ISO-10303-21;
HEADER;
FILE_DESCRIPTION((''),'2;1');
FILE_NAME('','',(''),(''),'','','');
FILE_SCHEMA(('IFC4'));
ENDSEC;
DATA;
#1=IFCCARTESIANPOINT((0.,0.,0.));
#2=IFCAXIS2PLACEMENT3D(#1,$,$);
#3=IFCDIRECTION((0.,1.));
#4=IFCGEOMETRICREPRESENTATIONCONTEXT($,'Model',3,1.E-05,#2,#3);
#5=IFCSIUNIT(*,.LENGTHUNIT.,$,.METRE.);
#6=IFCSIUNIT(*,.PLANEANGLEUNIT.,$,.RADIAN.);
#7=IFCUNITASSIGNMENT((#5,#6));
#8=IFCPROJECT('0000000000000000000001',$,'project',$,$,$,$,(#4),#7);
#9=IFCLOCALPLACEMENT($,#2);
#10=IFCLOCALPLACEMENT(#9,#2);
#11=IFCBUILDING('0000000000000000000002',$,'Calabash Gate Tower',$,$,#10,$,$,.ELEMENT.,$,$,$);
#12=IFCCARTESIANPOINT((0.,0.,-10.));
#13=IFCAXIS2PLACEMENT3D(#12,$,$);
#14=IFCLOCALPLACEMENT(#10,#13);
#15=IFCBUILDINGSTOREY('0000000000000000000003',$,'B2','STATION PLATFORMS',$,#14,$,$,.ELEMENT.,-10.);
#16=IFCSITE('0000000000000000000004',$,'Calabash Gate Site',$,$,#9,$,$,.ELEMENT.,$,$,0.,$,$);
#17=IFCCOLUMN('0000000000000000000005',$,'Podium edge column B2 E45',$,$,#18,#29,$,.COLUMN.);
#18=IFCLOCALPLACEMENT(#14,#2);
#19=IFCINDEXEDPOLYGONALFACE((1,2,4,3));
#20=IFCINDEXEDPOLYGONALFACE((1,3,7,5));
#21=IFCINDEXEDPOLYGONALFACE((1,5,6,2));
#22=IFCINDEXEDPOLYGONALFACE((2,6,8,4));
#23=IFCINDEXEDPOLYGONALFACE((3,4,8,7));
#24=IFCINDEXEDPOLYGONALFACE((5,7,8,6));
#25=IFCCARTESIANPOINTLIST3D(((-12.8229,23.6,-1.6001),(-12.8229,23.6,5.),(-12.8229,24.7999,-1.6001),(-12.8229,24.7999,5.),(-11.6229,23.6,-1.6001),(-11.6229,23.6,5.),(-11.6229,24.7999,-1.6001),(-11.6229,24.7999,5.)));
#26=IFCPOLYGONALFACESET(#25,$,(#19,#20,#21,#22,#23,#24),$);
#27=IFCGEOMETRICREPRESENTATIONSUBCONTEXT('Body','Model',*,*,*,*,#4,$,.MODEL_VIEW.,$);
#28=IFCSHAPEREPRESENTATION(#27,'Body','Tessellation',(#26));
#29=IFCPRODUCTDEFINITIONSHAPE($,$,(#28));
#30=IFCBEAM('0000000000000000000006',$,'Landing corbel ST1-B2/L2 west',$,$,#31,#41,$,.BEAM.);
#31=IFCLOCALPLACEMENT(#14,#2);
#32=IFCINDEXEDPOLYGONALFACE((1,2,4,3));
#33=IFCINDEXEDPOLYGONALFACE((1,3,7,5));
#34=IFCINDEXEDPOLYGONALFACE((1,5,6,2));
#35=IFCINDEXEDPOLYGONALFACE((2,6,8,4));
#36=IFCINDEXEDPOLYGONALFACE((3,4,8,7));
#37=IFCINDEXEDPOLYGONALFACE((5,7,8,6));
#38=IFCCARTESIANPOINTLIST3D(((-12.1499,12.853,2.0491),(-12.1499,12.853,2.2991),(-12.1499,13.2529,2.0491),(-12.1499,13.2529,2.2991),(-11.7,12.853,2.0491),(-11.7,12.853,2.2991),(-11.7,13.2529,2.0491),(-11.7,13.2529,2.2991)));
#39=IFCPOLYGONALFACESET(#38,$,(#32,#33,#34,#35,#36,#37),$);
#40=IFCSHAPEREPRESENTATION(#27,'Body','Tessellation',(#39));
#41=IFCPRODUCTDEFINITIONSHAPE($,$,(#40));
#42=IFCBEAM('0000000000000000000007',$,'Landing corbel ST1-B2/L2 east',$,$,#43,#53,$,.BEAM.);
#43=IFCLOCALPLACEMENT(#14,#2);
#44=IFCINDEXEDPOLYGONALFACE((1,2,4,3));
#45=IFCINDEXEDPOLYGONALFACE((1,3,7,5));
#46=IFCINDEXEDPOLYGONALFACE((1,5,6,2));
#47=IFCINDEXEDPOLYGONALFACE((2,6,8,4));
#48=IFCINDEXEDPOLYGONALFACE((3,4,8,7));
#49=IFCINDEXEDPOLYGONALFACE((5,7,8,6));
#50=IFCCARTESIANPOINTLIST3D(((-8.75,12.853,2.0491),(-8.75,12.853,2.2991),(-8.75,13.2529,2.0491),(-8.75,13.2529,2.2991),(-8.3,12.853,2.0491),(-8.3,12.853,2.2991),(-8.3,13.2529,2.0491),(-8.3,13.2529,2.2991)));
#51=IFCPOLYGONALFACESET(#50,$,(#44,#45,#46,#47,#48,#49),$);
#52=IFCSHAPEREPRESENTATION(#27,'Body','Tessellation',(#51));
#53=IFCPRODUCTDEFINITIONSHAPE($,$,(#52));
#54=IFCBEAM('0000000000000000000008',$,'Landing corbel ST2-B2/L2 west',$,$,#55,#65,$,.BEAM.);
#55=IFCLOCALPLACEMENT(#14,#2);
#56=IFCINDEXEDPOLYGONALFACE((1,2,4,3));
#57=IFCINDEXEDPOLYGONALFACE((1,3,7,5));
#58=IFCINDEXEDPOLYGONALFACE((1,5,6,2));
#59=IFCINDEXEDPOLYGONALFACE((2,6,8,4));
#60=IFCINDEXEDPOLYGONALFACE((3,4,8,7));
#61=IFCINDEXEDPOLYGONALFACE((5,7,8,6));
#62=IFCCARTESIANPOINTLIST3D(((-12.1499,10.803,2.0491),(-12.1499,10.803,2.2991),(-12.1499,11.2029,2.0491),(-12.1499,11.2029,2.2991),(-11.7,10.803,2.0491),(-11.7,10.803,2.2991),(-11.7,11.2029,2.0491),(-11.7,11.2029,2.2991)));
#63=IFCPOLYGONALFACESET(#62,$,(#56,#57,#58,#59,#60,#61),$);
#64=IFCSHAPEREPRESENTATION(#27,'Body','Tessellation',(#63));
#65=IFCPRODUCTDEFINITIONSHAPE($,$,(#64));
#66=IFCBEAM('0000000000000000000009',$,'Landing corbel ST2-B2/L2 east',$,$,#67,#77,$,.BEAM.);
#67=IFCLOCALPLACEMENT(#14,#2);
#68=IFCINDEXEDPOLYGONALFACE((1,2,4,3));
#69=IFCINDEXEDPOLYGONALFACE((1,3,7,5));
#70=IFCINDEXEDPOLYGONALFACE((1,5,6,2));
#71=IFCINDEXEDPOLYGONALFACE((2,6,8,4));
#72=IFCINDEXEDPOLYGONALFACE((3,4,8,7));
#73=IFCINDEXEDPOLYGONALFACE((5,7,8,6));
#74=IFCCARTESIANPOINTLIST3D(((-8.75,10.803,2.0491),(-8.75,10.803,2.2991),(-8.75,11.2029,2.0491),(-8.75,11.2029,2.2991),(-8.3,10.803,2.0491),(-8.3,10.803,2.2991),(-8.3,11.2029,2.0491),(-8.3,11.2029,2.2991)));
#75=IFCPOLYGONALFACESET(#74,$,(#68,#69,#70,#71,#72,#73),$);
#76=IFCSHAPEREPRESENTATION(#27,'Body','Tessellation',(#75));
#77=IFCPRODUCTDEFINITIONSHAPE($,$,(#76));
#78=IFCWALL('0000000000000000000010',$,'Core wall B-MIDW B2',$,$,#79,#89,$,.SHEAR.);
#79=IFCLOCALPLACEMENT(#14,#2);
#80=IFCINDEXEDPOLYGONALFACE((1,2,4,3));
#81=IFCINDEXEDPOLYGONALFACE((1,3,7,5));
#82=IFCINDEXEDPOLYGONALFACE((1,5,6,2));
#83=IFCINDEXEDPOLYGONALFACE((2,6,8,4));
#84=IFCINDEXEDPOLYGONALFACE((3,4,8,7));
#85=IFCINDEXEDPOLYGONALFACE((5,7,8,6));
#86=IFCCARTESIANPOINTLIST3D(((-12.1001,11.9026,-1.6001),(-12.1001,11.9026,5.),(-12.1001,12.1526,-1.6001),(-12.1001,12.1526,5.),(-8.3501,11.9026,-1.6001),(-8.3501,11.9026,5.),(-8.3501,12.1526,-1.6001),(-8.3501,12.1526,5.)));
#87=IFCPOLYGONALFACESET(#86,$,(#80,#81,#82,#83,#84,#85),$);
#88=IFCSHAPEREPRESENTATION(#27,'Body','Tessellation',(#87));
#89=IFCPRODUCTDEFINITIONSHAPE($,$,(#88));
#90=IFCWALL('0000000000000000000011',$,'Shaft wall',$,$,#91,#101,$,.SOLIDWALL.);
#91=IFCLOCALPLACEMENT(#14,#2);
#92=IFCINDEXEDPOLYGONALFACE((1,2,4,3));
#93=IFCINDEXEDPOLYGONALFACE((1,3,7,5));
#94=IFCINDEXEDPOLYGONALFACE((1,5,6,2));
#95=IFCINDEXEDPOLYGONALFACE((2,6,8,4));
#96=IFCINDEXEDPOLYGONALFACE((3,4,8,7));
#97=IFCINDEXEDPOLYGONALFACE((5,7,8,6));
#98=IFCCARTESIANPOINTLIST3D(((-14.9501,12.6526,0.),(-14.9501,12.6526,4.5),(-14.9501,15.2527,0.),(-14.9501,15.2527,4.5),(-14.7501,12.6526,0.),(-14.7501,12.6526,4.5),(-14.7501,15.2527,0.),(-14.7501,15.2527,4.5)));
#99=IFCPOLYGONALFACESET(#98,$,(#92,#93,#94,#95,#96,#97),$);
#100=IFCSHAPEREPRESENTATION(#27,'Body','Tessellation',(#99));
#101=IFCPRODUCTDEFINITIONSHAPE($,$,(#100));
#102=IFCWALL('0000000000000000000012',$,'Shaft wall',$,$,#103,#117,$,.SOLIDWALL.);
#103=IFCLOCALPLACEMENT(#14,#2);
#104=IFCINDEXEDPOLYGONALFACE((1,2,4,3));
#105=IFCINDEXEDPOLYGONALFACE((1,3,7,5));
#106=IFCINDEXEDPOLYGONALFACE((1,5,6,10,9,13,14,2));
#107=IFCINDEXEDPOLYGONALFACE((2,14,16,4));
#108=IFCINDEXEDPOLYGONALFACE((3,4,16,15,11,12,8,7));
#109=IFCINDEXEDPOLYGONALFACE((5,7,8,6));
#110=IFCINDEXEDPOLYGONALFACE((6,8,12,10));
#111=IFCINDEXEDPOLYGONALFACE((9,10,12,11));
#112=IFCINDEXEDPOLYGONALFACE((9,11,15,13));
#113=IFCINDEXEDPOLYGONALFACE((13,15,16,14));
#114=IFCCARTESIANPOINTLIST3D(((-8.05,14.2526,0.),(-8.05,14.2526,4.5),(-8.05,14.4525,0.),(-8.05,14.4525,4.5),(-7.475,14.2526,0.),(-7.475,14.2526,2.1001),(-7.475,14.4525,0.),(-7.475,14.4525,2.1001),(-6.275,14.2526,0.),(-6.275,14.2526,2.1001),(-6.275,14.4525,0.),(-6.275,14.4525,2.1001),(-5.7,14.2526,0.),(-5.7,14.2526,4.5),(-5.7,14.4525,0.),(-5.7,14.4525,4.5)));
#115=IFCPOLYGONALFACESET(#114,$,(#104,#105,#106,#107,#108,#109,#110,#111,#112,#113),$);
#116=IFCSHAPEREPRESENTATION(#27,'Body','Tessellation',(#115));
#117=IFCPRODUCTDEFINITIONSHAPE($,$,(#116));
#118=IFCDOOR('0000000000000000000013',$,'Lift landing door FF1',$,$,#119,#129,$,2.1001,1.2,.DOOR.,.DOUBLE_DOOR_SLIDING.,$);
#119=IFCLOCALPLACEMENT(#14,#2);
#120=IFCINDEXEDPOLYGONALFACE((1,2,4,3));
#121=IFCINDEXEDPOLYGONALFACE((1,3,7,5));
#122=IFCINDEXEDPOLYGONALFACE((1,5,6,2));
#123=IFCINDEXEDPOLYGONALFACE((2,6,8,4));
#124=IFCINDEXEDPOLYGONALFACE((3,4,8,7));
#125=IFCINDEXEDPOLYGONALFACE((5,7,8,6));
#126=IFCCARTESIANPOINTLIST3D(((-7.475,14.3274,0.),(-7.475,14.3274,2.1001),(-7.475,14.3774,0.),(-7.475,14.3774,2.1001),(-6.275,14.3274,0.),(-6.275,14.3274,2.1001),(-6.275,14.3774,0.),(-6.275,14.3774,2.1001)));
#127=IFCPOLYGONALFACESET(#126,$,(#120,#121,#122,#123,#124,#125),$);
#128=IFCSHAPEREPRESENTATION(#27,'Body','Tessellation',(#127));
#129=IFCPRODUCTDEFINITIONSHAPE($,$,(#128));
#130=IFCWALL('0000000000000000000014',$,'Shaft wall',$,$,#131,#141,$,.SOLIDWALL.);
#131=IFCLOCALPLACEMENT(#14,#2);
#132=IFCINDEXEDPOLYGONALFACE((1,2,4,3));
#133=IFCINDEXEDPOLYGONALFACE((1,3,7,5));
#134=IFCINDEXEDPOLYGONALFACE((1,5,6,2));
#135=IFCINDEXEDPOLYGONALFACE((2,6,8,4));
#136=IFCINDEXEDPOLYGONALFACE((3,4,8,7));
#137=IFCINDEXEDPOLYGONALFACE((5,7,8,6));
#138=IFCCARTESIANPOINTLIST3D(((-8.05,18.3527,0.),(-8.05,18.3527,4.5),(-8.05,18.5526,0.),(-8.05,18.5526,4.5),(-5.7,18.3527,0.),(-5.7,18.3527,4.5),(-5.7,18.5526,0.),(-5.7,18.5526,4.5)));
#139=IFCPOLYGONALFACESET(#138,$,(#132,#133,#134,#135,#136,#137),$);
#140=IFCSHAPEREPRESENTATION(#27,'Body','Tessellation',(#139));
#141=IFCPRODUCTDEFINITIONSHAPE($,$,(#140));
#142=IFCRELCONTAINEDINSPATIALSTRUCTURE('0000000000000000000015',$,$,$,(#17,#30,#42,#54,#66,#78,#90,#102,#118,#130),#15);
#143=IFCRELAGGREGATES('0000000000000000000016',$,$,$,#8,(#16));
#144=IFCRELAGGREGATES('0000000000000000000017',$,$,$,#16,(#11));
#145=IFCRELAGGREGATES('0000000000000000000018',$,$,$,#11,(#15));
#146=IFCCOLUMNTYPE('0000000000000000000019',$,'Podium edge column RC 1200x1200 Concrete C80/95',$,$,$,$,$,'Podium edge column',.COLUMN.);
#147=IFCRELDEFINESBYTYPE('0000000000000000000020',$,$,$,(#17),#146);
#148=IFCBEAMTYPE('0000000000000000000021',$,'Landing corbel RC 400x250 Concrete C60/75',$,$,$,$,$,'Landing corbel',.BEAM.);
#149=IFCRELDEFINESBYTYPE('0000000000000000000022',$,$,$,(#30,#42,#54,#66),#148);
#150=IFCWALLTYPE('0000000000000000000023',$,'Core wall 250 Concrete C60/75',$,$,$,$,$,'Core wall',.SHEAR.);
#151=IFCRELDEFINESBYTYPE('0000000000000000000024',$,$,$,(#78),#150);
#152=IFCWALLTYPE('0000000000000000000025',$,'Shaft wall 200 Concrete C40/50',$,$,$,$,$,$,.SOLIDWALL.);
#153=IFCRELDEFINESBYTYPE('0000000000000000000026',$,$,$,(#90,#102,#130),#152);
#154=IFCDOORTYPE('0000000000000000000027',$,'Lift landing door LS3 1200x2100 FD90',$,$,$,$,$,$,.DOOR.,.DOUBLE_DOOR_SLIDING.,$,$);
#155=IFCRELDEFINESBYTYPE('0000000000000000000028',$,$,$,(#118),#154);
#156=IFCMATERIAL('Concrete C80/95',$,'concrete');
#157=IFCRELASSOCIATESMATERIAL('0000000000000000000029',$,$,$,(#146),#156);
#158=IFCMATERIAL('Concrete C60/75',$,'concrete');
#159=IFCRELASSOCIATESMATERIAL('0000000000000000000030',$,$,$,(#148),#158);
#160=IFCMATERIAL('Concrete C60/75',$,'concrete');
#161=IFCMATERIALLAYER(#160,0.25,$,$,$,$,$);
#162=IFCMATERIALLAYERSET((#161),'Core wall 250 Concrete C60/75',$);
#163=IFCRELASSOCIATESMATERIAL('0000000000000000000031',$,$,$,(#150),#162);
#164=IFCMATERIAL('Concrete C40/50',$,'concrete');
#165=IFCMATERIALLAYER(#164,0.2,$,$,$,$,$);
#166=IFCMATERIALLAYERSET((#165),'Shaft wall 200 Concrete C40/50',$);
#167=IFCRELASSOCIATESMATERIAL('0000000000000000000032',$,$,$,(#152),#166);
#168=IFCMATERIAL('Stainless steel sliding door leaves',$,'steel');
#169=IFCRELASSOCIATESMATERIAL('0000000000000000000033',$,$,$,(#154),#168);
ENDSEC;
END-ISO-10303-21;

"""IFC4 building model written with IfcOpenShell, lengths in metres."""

from ifc_helpers import new_model, si_unit, direction, frame, frame_2d, origin, origin_2d, place, context, subcontext, project, spatial, rectangle, extrude, material, layer, layer_set, material_profile, profile_set, type_object, element, fill, save


model = new_model("IFC4")

# Units and contexts
model_context = context("Model", 3, precision=1e-05, world=origin(), true_north=direction((0.0, 1.0)))
body_context = subcontext(model_context, "Body", "Model", "MODEL_VIEW")
ifc_project = project(units=[si_unit("LENGTHUNIT", "METRE"), si_unit("PLANEANGLEUNIT", "RADIAN")], contexts=[model_context])

# Site, building, storey
site_placement = place(None, origin())
site = spatial("IfcSite", under=ifc_project, at=site_placement, Name="Calabash Gate Site", CompositionType="ELEMENT", RefElevation=0.0)
building_placement = place(site_placement, origin())
building = spatial("IfcBuilding", under=site, at=building_placement, Name="Calabash Gate Tower", CompositionType="ELEMENT")
storey_placement = place(building_placement, frame((0.0, 0.0, -10.0)))
storey = spatial("IfcBuildingStorey", under=building, at=storey_placement, Name="B2", Description="STATION PLATFORMS", CompositionType="ELEMENT", Elevation=-10.0)

# Column
ifc_material_1 = material(Name="Concrete C80/95", Category="concrete")
ifc_material_profile_1 = material_profile(ifc_material_1, rectangle(XDim=1.2, YDim=1.2, at=origin_2d()))
ifc_profile_set_1 = profile_set([ifc_material_profile_1], Name="Concrete C80/95")
column_type = type_object("IfcColumnType", Name="Podium edge column RC 1200x1200 Concrete C80/95", ElementType="Podium edge column", PredefinedType="COLUMN", material=ifc_profile_set_1)
for number, where, z_axis, x_axis, name in (
    (1, (-12.2229, 24.2, -1.6001), (0.0, 0.0, 1.0), (1.0, 0.0, 0.0), "Podium edge column B2 E45"),
):
    element("IfcColumn", number, at=place(storey_placement, frame(where, z_axis=z_axis, x_axis=x_axis)), inside=storey, type_object=column_type, Name=name, PredefinedType="COLUMN", context=body_context, shape_type="SweptSolid", body=[
        extrude(rectangle(XDim=1.2, YDim=1.2, at=origin_2d()), origin(), (0.0, 0.0, 1.0), 6.6001),
    ])

# Beams
ifc_material_2 = material(Name="Concrete C60/75", Category="concrete")
ifc_material_profile_2 = material_profile(ifc_material_2, rectangle(XDim=0.3999, YDim=0.25, at=origin_2d()))
ifc_profile_set_2 = profile_set([ifc_material_profile_2], Name="Concrete C60/75")
beam_type = type_object("IfcBeamType", Name="Landing corbel RC 400x250 Concrete C60/75", ElementType="Landing corbel", PredefinedType="BEAM", material=ifc_profile_set_2)
for number, where, z_axis, x_axis, name in (
    (2, (-12.1499, 13.053, 2.1741), (1.0, 0.0, 0.0), (0.0, 1.0, 0.0), "Landing corbel ST1-B2/L2 west"),
    (3, (-8.3, 13.053, 2.1741), (-1.0, 0.0, 0.0), (0.0, -1.0, 0.0), "Landing corbel ST1-B2/L2 east"),
    (4, (-12.1499, 11.0029, 2.1741), (1.0, 0.0, 0.0), (0.0, 1.0, 0.0), "Landing corbel ST2-B2/L2 west"),
    (5, (-8.3, 11.0029, 2.1741), (-1.0, 0.0, 0.0), (0.0, -1.0, 0.0), "Landing corbel ST2-B2/L2 east"),
):
    element("IfcBeam", number, at=place(storey_placement, frame(where, z_axis=z_axis, x_axis=x_axis)), inside=storey, type_object=beam_type, Name=name, PredefinedType="BEAM", context=body_context, shape_type="SweptSolid", body=[
        extrude(rectangle(XDim=0.3999, YDim=0.25, at=origin_2d()), origin(), (0.0, 0.0, 1.0), 0.45),
    ])

# Walls
ifc_material_3 = material(Name="Concrete C60/75", Category="concrete")
ifc_layer_1 = layer(ifc_material_3, 0.25)
ifc_layer_set_1 = layer_set([ifc_layer_1], Name="Core wall 250 Concrete C60/75")
wall_type_1 = type_object("IfcWallType", Name="Core wall 250 Concrete C60/75", ElementType="Core wall", PredefinedType="SHEAR", material=ifc_layer_set_1)
wall_1_placement = place(storey_placement, frame((-12.1001, 12.0276, -1.6001), z_axis=(0.0, 0.0, 1.0), x_axis=(1.0, 0.0, 0.0)))
element("IfcWall", 6, at=wall_1_placement, inside=storey, type_object=wall_type_1, Name="Core wall B-MIDW B2", PredefinedType="SHEAR", context=body_context, shape_type="SweptSolid", body=[
    extrude(rectangle(XDim=3.75, YDim=0.25, at=frame_2d((1.875, 0.0))), origin(), (0.0, 0.0, 1.0), 6.6001),
])
ifc_material_4 = material(Name="Concrete C40/50", Category="concrete")
ifc_layer_2 = layer(ifc_material_4, 0.2)
ifc_layer_set_2 = layer_set([ifc_layer_2], Name="Shaft wall 200 Concrete C40/50")
wall_type_2 = type_object("IfcWallType", Name="Shaft wall 200 Concrete C40/50", PredefinedType="SOLIDWALL", material=ifc_layer_set_2)
wall_2_placement = place(storey_placement, frame((-14.8501, 12.6526, 0.0), z_axis=(0.0, 0.0, 1.0), x_axis=(0.0, 1.0, 0.0)))
element("IfcWall", 7, at=wall_2_placement, inside=storey, type_object=wall_type_2, Name="Shaft wall", PredefinedType="SOLIDWALL", context=body_context, shape_type="SweptSolid", body=[
    extrude(rectangle(XDim=2.6001, YDim=0.2, at=frame_2d((1.3, 0.0))), origin(), (0.0, 0.0, 1.0), 4.5),
])

# Wall, opening, door
wall_3_placement = place(storey_placement, frame((-8.05, 14.3525, 0.0), z_axis=(0.0, 0.0, 1.0), x_axis=(1.0, 0.0, 0.0)))
wall_3 = element("IfcWall", 8, at=wall_3_placement, inside=storey, type_object=wall_type_2, Name="Shaft wall", PredefinedType="SOLIDWALL", context=body_context, shape_type="SweptSolid", body=[
    extrude(rectangle(XDim=2.3501, YDim=0.2, at=frame_2d((1.175, 0.0))), origin(), (0.0, 0.0, 1.0), 4.5),
])
opening_placement = place(wall_3_placement, frame((0.575, 0.0, 0.0)))
opening = element("IfcOpeningElement", 9, at=opening_placement, cuts=wall_3, PredefinedType="OPENING", context=body_context, shape_type="SweptSolid", body=[
    extrude(rectangle(XDim=1.2, YDim=2.1001, at=frame_2d((0.6001, 1.05))), frame((0.0, 0.1099, 0.0), z_axis=(0.0, -1.0, 0.0), x_axis=(1.0, 0.0, 0.0)), (0.0, 0.0, 1.0), 0.22),
])
ifc_material_5 = material(Name="Stainless steel sliding door leaves", Category="steel")
door_type = type_object("IfcDoorType", Name="Lift landing door LS3 1200x2100 FD90", OperationType="DOUBLE_DOOR_SLIDING", PredefinedType="DOOR", material=ifc_material_5)
door_placement = place(opening_placement, origin())
door = element("IfcDoor", 10, at=door_placement, inside=storey, type_object=door_type, Name="Lift landing door FF1", OperationType="DOUBLE_DOOR_SLIDING", OverallHeight=2.1001, OverallWidth=1.2, PredefinedType="DOOR", context=body_context, shape_type="SweptSolid", body=[
    extrude(rectangle(XDim=1.2, YDim=2.1001, at=frame_2d((0.6001, 1.05))), frame((0.0, 0.0249, 0.0), z_axis=(0.0, -1.0, 0.0), x_axis=(1.0, 0.0, 0.0)), (0.0, 0.0, 1.0), 0.05),
])
fill(opening, door)

# Wall
wall_4_placement = place(storey_placement, frame((-8.05, 18.4526, 0.0), z_axis=(0.0, 0.0, 1.0), x_axis=(1.0, 0.0, 0.0)))
element("IfcWall", 11, at=wall_4_placement, inside=storey, type_object=wall_type_2, Name="Shaft wall", PredefinedType="SOLIDWALL", context=body_context, shape_type="SweptSolid", body=[
    extrude(rectangle(XDim=2.3501, YDim=0.2, at=frame_2d((1.175, 0.0))), origin(), (0.0, 0.0, 1.0), 4.5),
])

save(model, "model.ifc")
